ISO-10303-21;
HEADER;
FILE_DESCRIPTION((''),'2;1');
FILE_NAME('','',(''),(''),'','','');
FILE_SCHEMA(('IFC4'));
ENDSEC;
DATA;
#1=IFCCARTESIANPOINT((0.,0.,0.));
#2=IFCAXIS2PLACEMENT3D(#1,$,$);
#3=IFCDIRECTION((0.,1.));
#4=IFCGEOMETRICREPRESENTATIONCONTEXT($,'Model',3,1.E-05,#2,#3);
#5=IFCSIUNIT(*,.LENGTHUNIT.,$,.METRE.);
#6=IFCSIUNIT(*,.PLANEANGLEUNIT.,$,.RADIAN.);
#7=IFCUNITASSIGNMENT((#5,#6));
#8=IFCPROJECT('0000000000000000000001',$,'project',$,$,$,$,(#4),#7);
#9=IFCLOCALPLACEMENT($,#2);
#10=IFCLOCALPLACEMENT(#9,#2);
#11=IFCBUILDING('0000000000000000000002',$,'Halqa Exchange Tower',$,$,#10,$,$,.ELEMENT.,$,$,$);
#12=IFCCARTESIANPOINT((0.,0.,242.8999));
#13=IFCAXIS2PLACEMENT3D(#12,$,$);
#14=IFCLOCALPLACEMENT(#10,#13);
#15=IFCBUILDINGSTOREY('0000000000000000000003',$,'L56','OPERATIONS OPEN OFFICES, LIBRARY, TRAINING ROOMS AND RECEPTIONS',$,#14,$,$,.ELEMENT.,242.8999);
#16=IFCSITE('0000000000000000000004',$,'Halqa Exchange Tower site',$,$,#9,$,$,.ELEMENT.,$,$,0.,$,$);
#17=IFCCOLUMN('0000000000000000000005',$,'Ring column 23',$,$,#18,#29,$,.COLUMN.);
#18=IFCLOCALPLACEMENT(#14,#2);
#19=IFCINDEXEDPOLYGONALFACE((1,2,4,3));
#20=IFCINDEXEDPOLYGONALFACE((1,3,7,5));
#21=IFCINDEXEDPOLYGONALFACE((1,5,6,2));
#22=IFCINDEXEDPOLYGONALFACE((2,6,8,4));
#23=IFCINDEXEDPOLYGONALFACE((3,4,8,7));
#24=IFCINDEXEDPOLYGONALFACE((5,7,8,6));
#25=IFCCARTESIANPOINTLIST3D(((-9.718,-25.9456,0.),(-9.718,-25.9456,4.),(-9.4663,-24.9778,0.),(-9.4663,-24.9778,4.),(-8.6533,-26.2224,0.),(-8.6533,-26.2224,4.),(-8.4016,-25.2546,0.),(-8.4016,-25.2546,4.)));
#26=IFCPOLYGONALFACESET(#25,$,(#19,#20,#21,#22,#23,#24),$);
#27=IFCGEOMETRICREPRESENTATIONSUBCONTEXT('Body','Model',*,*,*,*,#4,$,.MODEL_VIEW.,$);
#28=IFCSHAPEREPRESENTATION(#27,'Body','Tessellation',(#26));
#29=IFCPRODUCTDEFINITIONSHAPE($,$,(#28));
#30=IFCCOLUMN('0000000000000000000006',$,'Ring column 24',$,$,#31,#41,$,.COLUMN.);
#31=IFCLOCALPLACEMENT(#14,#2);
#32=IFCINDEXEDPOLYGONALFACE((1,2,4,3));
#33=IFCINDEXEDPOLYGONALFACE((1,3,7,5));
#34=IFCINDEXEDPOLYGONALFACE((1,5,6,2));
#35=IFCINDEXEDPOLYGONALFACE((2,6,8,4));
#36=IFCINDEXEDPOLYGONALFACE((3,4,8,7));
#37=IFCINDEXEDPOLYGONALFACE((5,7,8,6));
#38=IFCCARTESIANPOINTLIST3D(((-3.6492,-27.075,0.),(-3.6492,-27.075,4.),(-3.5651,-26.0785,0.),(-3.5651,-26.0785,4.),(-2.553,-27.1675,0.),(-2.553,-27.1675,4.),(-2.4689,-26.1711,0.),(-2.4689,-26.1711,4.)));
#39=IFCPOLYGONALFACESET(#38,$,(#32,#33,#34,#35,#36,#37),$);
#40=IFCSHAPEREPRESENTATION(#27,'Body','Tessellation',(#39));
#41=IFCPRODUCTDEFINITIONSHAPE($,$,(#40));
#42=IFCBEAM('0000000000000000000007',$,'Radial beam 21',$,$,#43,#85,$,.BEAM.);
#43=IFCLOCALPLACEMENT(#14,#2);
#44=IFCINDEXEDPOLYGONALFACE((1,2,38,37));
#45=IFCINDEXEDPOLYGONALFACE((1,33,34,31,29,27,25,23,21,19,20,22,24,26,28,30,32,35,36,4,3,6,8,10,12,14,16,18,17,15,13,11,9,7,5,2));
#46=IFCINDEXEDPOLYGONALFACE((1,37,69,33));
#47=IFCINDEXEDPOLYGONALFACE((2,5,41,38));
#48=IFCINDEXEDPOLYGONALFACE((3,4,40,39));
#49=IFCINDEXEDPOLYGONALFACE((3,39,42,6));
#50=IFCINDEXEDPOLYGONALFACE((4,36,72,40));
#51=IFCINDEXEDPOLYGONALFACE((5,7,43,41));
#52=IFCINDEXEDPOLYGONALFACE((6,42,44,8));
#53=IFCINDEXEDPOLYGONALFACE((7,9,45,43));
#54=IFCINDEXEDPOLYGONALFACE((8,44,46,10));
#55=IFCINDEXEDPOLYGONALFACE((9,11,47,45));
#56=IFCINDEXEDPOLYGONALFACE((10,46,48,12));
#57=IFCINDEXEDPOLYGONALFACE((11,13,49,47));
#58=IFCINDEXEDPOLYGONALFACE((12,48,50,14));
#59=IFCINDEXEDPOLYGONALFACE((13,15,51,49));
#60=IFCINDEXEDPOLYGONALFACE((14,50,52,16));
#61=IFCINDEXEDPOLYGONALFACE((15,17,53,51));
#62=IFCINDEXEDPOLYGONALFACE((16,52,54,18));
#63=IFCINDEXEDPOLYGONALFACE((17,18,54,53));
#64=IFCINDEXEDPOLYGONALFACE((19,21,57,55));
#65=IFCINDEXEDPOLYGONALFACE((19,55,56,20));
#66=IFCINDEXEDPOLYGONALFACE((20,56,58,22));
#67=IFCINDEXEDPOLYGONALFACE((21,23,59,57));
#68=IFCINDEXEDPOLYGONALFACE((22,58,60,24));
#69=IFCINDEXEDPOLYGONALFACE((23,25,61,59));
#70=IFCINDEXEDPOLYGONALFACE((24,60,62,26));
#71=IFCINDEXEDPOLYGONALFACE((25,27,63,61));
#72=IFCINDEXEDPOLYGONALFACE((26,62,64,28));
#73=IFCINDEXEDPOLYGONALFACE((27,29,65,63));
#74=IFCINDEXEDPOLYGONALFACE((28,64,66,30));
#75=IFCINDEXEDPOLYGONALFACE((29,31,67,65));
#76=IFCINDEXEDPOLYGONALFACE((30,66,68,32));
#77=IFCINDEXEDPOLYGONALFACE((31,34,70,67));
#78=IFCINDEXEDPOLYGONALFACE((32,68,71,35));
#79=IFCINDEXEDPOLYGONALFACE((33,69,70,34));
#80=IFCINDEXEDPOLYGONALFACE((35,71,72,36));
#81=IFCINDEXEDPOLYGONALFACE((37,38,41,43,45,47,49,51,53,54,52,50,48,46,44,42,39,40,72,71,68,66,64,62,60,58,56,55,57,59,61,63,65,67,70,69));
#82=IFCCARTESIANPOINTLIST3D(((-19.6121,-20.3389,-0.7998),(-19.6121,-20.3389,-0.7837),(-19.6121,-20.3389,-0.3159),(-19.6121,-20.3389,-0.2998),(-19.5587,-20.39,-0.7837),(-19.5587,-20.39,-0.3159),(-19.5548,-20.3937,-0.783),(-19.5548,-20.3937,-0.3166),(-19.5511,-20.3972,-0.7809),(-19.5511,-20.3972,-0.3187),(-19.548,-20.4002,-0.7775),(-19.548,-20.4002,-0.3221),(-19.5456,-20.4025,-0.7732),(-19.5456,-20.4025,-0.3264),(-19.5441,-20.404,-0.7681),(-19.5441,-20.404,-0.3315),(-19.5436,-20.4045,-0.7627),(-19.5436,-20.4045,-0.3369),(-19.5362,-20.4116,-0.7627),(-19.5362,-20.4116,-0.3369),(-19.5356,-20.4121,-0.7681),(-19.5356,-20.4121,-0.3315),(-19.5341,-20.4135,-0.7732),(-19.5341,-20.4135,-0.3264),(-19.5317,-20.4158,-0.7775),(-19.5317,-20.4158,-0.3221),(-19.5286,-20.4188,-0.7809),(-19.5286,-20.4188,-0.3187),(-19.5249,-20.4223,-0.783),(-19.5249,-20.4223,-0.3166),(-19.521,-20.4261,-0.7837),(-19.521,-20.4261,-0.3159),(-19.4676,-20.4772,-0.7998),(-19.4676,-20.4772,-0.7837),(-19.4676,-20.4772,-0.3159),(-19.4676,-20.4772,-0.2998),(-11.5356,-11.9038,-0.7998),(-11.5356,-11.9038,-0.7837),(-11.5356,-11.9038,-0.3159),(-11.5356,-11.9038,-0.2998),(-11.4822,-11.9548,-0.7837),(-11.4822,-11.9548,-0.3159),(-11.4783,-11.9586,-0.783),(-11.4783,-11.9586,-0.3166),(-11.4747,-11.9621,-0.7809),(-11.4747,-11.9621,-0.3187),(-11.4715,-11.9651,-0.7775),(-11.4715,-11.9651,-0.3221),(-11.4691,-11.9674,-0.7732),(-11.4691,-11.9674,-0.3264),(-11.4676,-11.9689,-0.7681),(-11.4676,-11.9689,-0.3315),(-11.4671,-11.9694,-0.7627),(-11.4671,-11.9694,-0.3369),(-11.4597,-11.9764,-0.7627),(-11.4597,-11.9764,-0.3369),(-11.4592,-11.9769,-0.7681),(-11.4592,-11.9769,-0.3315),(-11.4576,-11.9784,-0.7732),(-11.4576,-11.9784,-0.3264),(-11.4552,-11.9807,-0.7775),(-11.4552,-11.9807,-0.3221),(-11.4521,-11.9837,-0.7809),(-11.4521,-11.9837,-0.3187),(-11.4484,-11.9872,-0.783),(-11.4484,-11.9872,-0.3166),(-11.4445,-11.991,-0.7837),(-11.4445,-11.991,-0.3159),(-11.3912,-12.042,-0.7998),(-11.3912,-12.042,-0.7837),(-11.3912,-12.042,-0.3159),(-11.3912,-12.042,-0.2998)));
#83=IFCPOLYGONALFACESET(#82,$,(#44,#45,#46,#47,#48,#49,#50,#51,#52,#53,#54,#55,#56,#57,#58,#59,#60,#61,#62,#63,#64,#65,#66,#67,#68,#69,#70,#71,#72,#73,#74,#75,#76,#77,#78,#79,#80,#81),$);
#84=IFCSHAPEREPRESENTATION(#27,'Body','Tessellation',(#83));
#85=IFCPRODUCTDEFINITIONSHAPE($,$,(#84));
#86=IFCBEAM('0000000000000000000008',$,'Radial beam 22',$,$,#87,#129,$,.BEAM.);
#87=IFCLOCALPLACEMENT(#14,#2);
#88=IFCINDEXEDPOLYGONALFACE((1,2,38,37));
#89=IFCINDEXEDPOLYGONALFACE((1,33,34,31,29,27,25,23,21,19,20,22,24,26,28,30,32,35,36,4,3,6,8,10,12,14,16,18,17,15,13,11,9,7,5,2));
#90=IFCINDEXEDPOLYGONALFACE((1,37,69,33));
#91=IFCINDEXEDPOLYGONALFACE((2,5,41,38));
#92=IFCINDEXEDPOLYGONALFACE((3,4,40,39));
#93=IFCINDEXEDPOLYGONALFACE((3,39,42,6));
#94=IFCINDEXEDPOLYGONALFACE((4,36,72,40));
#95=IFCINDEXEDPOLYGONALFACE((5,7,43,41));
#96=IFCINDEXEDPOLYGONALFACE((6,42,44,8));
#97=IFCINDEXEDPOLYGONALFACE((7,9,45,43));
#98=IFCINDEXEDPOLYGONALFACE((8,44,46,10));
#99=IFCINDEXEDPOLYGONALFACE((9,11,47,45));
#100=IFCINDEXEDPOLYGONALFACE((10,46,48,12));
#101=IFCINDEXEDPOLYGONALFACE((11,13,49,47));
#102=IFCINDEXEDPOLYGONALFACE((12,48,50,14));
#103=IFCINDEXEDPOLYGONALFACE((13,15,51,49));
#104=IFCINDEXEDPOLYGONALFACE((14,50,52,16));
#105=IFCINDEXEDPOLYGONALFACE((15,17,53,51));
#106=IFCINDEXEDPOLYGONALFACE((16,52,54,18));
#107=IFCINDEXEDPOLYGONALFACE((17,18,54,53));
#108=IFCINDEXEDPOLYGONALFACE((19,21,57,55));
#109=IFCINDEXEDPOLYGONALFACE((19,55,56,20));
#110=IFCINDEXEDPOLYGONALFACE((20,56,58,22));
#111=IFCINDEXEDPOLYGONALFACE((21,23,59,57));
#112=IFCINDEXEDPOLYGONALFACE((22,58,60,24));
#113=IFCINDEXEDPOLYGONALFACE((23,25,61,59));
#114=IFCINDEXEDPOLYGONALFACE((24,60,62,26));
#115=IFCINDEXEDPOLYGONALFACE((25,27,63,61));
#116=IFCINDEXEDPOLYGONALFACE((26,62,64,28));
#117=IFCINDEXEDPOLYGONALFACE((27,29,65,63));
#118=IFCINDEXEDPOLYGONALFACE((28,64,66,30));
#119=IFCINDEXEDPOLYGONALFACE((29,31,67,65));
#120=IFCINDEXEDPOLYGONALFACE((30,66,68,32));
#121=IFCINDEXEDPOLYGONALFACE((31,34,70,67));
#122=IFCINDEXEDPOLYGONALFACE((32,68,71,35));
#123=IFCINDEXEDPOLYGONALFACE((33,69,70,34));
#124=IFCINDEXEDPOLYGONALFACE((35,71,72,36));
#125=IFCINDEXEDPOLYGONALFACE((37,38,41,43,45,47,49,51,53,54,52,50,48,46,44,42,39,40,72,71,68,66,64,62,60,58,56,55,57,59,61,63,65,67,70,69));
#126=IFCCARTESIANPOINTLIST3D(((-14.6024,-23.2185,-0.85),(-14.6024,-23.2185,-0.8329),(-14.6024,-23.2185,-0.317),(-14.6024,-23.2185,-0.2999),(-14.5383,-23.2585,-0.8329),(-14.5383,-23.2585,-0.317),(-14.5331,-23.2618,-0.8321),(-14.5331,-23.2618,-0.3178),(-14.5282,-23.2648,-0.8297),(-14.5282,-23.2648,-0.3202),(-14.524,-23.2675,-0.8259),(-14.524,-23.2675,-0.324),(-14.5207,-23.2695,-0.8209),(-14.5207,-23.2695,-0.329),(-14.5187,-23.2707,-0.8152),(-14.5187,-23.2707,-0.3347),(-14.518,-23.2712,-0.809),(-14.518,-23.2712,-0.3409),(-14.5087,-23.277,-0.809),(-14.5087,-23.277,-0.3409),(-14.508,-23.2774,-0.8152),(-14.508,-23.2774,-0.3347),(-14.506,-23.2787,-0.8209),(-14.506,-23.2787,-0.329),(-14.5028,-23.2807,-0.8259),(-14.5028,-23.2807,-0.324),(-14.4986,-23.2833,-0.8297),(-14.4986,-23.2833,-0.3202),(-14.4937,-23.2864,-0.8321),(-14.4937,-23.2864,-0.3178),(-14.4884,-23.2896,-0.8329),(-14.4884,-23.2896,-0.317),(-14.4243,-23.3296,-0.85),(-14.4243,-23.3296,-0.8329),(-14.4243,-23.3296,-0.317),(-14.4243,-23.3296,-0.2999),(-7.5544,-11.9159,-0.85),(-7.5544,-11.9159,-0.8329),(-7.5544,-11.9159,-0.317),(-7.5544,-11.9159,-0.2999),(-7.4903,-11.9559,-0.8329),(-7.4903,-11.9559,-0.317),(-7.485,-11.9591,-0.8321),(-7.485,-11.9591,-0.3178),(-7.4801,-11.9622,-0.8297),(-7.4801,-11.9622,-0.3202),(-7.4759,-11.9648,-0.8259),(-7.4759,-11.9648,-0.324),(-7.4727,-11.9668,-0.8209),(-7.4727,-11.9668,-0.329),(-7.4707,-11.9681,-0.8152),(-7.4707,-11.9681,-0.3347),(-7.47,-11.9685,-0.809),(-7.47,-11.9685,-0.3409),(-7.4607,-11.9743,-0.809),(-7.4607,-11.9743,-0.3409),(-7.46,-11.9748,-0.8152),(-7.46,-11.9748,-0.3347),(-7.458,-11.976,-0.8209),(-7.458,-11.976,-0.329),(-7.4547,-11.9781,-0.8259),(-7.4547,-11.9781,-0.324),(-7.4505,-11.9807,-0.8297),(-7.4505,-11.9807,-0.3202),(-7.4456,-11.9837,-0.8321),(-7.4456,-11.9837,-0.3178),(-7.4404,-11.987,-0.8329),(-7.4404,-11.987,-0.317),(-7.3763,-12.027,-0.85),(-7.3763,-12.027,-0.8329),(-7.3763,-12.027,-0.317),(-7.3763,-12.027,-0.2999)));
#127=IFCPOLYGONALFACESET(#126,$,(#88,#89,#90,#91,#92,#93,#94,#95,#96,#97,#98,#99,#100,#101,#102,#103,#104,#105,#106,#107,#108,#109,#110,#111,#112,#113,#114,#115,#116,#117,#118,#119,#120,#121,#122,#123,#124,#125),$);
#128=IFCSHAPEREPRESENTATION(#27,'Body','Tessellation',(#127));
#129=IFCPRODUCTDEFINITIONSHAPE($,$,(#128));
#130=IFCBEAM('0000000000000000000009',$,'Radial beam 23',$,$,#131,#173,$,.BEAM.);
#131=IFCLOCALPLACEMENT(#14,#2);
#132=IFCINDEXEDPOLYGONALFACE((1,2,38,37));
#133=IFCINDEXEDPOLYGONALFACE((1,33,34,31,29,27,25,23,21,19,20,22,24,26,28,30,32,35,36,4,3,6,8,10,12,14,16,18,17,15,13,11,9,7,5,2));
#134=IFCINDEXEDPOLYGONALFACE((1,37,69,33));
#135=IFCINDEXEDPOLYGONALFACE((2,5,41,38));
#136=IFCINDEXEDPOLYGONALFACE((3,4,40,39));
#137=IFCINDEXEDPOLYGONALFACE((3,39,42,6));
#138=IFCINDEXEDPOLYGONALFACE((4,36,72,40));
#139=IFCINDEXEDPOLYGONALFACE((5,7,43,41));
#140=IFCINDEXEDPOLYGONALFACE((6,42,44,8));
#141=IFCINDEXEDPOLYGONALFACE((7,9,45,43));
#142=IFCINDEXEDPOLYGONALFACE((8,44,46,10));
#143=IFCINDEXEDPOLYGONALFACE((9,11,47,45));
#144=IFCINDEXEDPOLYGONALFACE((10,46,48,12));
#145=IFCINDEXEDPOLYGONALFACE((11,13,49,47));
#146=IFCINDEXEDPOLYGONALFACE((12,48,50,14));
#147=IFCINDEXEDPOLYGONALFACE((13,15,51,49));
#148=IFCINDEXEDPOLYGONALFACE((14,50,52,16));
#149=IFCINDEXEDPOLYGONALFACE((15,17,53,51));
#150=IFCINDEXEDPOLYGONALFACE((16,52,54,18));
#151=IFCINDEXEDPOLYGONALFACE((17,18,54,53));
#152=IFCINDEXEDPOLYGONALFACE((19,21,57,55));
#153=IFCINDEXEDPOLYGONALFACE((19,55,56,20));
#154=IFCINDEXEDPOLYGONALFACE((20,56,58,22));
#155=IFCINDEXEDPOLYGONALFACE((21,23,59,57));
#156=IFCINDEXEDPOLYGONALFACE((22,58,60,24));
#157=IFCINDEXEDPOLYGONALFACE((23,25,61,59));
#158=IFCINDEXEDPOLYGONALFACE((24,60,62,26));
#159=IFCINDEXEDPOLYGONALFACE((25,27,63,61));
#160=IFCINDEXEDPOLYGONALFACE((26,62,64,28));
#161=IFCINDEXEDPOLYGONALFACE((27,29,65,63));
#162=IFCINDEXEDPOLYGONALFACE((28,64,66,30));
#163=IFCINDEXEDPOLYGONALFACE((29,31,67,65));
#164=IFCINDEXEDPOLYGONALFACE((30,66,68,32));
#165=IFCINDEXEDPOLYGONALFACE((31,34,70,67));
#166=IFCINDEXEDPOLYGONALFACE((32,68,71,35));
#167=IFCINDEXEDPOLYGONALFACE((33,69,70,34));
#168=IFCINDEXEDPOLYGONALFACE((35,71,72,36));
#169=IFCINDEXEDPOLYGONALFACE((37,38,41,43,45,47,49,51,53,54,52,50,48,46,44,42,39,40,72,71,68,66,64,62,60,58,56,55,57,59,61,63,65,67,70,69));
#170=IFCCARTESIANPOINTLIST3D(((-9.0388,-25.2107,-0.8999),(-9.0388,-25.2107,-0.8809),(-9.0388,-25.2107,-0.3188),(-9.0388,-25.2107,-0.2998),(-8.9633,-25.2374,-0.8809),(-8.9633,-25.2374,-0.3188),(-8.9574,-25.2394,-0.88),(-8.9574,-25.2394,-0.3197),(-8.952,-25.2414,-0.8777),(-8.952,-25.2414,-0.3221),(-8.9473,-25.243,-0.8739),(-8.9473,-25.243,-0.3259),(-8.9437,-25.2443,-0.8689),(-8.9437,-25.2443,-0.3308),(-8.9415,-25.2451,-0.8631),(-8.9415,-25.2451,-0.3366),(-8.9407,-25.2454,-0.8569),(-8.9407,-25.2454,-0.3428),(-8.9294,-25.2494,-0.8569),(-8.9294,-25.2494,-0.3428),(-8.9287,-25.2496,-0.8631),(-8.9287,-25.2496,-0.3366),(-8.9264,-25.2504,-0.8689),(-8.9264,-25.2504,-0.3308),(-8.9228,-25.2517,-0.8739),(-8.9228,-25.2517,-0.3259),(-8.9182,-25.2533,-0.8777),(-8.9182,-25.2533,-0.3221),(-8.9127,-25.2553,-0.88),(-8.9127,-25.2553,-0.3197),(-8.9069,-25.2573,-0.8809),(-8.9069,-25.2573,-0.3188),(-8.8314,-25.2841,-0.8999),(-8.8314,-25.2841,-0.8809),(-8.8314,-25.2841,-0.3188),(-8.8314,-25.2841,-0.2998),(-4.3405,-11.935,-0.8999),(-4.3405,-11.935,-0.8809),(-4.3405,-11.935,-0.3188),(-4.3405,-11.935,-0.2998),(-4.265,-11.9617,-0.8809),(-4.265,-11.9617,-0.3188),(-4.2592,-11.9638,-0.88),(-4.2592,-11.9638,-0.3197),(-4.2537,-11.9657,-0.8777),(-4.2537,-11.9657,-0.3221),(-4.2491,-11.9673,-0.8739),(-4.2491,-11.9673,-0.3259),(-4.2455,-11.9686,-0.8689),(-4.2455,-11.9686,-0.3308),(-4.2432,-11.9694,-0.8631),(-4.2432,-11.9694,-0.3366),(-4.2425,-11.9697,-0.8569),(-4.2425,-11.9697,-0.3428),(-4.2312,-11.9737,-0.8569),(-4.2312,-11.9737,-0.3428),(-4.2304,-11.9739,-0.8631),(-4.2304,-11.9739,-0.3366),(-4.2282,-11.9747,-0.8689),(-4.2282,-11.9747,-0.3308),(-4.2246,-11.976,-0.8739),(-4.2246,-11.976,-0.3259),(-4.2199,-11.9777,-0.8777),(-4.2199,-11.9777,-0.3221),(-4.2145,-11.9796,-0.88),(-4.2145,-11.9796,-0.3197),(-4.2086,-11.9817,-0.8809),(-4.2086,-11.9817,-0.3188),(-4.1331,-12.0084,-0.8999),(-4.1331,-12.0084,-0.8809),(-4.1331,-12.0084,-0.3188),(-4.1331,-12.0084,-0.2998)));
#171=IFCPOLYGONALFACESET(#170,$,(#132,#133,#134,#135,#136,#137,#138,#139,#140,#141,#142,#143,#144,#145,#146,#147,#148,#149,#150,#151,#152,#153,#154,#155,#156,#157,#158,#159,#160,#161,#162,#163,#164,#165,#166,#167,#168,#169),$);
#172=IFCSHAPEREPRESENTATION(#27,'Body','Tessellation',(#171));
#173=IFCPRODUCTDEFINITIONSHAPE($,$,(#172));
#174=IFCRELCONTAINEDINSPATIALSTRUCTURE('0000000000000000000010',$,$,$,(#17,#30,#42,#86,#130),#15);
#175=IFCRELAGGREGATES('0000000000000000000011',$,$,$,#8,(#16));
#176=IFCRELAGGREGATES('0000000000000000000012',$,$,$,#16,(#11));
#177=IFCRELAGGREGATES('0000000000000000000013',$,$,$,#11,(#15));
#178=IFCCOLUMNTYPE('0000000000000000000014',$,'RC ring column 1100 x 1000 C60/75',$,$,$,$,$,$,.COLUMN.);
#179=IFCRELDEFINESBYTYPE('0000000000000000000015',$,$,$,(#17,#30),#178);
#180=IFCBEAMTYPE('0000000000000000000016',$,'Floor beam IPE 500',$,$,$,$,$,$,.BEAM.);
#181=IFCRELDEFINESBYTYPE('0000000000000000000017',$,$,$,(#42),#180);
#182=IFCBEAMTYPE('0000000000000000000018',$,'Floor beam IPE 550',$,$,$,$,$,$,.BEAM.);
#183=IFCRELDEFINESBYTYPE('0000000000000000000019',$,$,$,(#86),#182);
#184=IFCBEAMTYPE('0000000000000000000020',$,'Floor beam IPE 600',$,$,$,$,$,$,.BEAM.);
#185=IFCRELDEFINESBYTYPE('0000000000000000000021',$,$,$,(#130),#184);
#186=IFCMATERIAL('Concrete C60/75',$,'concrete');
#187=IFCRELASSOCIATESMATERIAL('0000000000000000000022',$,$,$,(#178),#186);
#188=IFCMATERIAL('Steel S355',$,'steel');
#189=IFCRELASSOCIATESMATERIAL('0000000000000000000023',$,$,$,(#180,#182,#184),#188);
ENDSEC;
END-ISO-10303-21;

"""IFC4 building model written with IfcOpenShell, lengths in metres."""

from ifc_helpers import new_model, si_unit, direction, frame, origin, origin_2d, place, context, subcontext, project, spatial, rectangle, i_section, extrude, material, material_profile, profile_set, type_object, element, save


model = new_model("IFC4")

# Units and contexts
model_context = context("Model", 3, precision=1e-05, world=origin(), true_north=direction((0.0, 1.0)))
body_context = subcontext(model_context, "Body", "Model", "MODEL_VIEW")
ifc_project = project(units=[si_unit("LENGTHUNIT", "METRE"), si_unit("PLANEANGLEUNIT", "RADIAN")], contexts=[model_context])

# Site, building, storey
site_placement = place(None, origin())
site = spatial("IfcSite", under=ifc_project, at=site_placement, Name="Halqa Exchange Tower site", CompositionType="ELEMENT", RefElevation=0.0)
building_placement = place(site_placement, origin())
building = spatial("IfcBuilding", under=site, at=building_placement, Name="Halqa Exchange Tower", CompositionType="ELEMENT")
storey_placement = place(building_placement, frame((0.0, 0.0, 242.8999)))
storey = spatial("IfcBuildingStorey", under=building, at=storey_placement, Name="L56", Description="OPERATIONS OPEN OFFICES, LIBRARY, TRAINING ROOMS AND RECEPTIONS", CompositionType="ELEMENT", Elevation=242.8999)

# Columns
ifc_material_1 = material(Name="Concrete C60/75", Category="concrete")
ifc_material_profile_1 = material_profile(ifc_material_1, rectangle(XDim=1.1001, YDim=1.0, at=origin_2d()), Name="1100 x 1000")
ifc_profile_set_1 = profile_set([ifc_material_profile_1], Name="Concrete C60/75")
column_type = type_object("IfcColumnType", Name="RC ring column 1100 x 1000 C60/75", PredefinedType="COLUMN", material=ifc_profile_set_1)
for number, where, z_axis, x_axis, name in (
    (1, (-9.0598, -25.6001, 0.0), (0.0, 0.0, 1.0), (0.96782, -0.251645, 0.0), "Ring column 23"),
    (2, (-3.0591, -26.623, 0.0), (0.0, 0.0, 1.0), (0.996456, -0.084121, 0.0), "Ring column 24"),
):
    element("IfcColumn", number, at=place(storey_placement, frame(where, z_axis=z_axis, x_axis=x_axis)), inside=storey, type_object=column_type, Name=name, PredefinedType="COLUMN", context=body_context, shape_type="SweptSolid", body=[
        extrude(rectangle(XDim=1.1001, YDim=1.0, at=origin_2d()), origin(), (0.0, 0.0, 1.0), 4.0),
    ])

# Beams
ifc_material_2 = material(Name="Steel S355", Category="steel")
ifc_material_profile_2 = material_profile(ifc_material_2, i_section(OverallWidth=0.2, OverallDepth=0.5, WebThickness=0.0103, FlangeThickness=0.0161, FilletRadius=0.021, at=origin_2d()), Name="IPE 500")
ifc_profile_set_2 = profile_set([ifc_material_profile_2], Name="Steel S355")
beam_type_1 = type_object("IfcBeamType", Name="Floor beam IPE 500", PredefinedType="BEAM", material=ifc_profile_set_2)
beam_1_placement = place(storey_placement, frame((-11.4634, -11.9729, -0.5498), z_axis=(-0.691585, -0.722295, 0.0), x_axis=(0.722295, -0.691585, 0.0)))
element("IfcBeam", 3, at=beam_1_placement, inside=storey, type_object=beam_type_1, Name="Radial beam 21", PredefinedType="BEAM", context=body_context, shape_type="SweptSolid", body=[
    extrude(i_section(OverallWidth=0.2, OverallDepth=0.5, WebThickness=0.0103, FlangeThickness=0.0161, FilletRadius=0.021, at=origin_2d()), origin(), (0.0, 0.0, 1.0), 11.6782),
])
ifc_material_profile_3 = material_profile(ifc_material_2, i_section(OverallWidth=0.21, OverallDepth=0.55, WebThickness=0.011, FlangeThickness=0.0171, FilletRadius=0.0239, at=origin_2d()), Name="IPE 550")
ifc_profile_set_3 = profile_set([ifc_material_profile_3], Name="Steel S355")
beam_type_2 = type_object("IfcBeamType", Name="Floor beam IPE 550", PredefinedType="BEAM", material=ifc_profile_set_3)
beam_2_placement = place(storey_placement, frame((-7.4653, -11.9714, -0.575), z_axis=(-0.529129, -0.848542, 0.0), x_axis=(0.848542, -0.529129, 0.0)))
element("IfcBeam", 4, at=beam_2_placement, inside=storey, type_object=beam_type_2, Name="Radial beam 22", PredefinedType="BEAM", context=body_context, shape_type="SweptSolid", body=[
    extrude(i_section(OverallWidth=0.21, OverallDepth=0.55, WebThickness=0.011, FlangeThickness=0.0171, FilletRadius=0.0239, at=origin_2d()), origin(), (0.0, 0.0, 1.0), 13.3201),
])
ifc_material_profile_4 = material_profile(ifc_material_2, i_section(OverallWidth=0.22, OverallDepth=0.6001, WebThickness=0.012, FlangeThickness=0.019, FilletRadius=0.0239, at=origin_2d()), Name="IPE 600")
ifc_profile_set_4 = profile_set([ifc_material_profile_4], Name="Steel S355")
beam_type_3 = type_object("IfcBeamType", Name="Floor beam IPE 600", PredefinedType="BEAM", material=ifc_profile_set_4)
beam_3_placement = place(storey_placement, frame((-4.2368, -11.9717, -0.5999), z_axis=(-0.333623, -0.942706, 0.0), x_axis=(0.942706, -0.333623, 0.0)))
element("IfcBeam", 5, at=beam_3_placement, inside=storey, type_object=beam_type_3, Name="Radial beam 23", PredefinedType="BEAM", context=body_context, shape_type="SweptSolid", body=[
    extrude(i_section(OverallWidth=0.22, OverallDepth=0.6001, WebThickness=0.012, FlangeThickness=0.019, FilletRadius=0.0239, at=origin_2d()), origin(), (0.0, 0.0, 1.0), 14.0825),
])

save(model, "model.ifc")
